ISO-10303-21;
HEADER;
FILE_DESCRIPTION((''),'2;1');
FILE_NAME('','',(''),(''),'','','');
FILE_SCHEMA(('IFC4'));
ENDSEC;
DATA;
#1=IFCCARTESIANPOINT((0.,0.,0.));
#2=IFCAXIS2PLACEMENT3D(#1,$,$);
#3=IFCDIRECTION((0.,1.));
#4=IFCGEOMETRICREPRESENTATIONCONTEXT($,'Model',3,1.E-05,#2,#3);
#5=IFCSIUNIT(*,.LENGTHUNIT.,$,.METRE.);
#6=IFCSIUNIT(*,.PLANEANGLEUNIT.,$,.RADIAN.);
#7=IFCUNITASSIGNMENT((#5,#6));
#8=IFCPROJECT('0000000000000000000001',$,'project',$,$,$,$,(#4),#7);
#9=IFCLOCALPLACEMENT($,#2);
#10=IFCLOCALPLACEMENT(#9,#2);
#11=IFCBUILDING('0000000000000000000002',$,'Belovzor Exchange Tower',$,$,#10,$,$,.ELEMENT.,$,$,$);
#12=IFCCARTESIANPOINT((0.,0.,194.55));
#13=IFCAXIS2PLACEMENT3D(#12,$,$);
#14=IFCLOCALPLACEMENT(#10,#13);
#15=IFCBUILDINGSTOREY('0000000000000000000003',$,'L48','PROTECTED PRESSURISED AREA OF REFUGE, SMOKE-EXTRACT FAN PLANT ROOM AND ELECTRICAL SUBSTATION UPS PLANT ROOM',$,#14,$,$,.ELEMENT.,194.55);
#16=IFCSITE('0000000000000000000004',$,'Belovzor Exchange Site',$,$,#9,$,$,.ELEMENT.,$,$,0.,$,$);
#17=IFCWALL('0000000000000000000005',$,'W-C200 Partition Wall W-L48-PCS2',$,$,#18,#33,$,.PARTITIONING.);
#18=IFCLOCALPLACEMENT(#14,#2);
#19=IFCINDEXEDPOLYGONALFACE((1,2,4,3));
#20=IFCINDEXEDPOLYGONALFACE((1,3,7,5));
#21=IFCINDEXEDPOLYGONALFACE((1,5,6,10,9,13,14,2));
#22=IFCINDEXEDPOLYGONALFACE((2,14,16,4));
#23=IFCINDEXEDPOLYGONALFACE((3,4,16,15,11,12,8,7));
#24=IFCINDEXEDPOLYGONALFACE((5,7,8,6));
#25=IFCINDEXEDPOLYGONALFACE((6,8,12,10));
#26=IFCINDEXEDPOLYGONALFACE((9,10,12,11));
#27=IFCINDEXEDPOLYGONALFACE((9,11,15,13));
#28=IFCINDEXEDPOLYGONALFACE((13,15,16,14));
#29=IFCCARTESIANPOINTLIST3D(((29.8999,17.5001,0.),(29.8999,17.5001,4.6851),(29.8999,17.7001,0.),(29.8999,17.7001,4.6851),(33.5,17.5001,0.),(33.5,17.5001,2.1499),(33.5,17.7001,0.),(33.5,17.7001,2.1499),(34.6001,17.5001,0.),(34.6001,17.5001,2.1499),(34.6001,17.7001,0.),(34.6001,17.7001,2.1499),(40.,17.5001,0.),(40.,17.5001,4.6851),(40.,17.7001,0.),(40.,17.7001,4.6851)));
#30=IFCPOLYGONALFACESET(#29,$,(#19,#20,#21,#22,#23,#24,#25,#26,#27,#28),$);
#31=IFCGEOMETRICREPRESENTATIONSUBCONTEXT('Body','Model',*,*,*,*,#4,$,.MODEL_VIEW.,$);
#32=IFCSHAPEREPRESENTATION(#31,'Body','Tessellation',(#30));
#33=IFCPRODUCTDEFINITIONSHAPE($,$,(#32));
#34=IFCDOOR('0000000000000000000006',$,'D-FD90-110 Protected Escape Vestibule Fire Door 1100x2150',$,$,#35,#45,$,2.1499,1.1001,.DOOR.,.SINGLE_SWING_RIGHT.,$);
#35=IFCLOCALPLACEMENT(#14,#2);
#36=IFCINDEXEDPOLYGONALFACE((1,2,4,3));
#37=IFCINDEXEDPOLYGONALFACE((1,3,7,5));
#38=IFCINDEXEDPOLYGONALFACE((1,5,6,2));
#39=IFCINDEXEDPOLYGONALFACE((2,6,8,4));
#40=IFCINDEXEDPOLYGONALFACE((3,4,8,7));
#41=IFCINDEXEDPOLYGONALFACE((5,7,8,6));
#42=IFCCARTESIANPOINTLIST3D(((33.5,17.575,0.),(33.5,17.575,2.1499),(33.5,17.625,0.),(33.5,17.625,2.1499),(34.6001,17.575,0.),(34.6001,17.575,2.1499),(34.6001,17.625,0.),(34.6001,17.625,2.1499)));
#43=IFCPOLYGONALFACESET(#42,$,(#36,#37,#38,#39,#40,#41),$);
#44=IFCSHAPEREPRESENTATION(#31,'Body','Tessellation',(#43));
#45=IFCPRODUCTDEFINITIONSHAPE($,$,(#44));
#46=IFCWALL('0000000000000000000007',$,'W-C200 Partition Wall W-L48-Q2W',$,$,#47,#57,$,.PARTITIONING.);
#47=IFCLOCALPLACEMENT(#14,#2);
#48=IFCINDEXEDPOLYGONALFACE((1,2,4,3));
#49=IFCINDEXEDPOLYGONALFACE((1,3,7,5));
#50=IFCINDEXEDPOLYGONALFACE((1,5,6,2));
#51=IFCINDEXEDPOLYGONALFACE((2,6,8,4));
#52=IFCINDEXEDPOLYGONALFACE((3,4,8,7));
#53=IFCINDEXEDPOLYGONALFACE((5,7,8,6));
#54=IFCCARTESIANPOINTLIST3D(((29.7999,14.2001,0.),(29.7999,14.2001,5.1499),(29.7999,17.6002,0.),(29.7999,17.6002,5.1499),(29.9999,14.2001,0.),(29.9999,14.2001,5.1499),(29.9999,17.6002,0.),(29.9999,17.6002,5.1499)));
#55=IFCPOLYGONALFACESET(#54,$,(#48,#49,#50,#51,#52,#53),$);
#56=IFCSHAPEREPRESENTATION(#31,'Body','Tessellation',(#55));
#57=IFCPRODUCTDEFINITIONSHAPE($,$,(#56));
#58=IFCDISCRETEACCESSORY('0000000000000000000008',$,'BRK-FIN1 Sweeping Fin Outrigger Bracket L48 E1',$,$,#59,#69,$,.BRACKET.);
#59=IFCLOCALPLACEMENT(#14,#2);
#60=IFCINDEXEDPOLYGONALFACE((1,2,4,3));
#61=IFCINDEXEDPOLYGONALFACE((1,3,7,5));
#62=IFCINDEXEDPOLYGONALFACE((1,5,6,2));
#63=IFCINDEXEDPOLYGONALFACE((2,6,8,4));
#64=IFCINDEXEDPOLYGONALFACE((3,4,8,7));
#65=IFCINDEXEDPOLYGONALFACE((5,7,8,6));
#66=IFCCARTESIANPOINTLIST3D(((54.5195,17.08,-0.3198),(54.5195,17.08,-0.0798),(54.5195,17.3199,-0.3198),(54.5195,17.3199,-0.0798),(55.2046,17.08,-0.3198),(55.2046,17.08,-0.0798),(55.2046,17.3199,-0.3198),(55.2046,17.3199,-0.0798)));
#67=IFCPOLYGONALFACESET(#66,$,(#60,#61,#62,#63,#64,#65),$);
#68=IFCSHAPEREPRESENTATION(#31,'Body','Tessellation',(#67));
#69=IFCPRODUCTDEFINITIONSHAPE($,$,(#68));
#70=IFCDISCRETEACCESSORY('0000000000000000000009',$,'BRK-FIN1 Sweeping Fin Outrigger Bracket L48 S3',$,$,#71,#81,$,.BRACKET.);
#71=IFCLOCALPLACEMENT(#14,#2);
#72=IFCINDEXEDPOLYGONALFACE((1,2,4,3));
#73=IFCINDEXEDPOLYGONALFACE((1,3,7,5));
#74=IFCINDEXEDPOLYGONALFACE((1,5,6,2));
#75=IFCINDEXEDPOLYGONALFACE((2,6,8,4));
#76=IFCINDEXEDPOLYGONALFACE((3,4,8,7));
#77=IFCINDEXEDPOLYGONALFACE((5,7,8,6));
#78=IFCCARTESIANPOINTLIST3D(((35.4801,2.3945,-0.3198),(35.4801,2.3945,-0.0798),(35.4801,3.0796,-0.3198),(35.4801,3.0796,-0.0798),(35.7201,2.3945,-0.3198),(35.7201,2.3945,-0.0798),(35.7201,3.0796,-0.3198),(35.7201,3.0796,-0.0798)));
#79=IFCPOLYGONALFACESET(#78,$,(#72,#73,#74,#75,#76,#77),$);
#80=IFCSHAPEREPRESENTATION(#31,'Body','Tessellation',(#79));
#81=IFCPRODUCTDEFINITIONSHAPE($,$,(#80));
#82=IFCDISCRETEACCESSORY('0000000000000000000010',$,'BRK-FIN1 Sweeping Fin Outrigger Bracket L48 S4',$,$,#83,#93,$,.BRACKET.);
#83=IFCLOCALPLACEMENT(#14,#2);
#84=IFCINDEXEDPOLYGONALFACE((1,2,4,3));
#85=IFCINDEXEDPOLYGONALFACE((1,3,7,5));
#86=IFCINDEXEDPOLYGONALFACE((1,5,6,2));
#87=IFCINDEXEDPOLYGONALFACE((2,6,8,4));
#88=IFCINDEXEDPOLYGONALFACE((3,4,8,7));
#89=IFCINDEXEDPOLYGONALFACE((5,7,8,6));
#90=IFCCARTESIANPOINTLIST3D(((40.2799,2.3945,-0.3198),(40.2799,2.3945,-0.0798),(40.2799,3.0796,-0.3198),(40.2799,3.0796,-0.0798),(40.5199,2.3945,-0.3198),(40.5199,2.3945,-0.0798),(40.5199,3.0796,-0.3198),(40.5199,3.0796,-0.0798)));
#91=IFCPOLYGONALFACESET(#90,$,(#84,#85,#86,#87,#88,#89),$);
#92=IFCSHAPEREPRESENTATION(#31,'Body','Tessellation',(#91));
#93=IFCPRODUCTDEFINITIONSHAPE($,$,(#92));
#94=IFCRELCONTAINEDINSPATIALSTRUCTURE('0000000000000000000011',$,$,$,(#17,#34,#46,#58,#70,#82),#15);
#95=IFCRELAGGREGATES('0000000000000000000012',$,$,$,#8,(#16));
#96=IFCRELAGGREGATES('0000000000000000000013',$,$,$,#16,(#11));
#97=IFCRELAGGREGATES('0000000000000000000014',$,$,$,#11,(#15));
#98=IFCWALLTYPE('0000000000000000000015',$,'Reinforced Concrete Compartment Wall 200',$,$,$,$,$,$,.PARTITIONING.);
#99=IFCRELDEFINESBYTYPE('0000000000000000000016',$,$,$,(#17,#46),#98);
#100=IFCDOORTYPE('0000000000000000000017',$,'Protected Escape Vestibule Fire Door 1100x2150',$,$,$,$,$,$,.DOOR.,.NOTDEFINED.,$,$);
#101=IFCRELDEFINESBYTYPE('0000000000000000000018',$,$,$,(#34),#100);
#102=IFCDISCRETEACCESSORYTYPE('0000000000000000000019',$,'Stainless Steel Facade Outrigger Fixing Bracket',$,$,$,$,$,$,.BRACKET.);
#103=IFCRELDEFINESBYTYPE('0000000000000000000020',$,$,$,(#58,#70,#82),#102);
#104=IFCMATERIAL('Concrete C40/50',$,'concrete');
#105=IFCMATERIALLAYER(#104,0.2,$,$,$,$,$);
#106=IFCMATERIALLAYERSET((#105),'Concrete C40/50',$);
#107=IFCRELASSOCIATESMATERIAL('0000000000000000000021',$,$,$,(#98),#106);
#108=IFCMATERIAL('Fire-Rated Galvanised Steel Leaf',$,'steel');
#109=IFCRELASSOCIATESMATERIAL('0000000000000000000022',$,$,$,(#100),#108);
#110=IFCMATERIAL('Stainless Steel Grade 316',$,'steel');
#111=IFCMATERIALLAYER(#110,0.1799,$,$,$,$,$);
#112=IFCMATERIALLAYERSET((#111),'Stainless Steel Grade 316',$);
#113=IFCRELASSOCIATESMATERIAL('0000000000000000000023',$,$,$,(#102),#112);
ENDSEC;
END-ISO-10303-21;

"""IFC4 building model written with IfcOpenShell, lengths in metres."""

from ifc_helpers import new_model, si_unit, direction, frame, frame_2d, origin, origin_2d, place, context, subcontext, project, spatial, rectangle, extrude, material, layer, layer_set, type_object, element, fill, save


model = new_model("IFC4")

# Units and contexts
model_context = context("Model", 3, precision=1e-05, world=origin(), true_north=direction((0.0, 1.0)))
body_context = subcontext(model_context, "Body", "Model", "MODEL_VIEW")
ifc_project = project(units=[si_unit("LENGTHUNIT", "METRE"), si_unit("PLANEANGLEUNIT", "RADIAN")], contexts=[model_context])

# Site, building, storey
site_placement = place(None, origin())
site = spatial("IfcSite", under=ifc_project, at=site_placement, Name="Belovzor Exchange Site", CompositionType="ELEMENT", RefElevation=0.0)
building_placement = place(site_placement, origin())
building = spatial("IfcBuilding", under=site, at=building_placement, Name="Belovzor Exchange Tower", CompositionType="ELEMENT")
storey_placement = place(building_placement, frame((0.0, 0.0, 194.55)))
storey = spatial("IfcBuildingStorey", under=building, at=storey_placement, Name="L48", Description="PROTECTED PRESSURISED AREA OF REFUGE, SMOKE-EXTRACT FAN PLANT ROOM AND ELECTRICAL SUBSTATION UPS PLANT ROOM", CompositionType="ELEMENT", Elevation=194.55)

# Wall, opening, door
ifc_material_1 = material(Name="Concrete C40/50", Category="concrete")
ifc_layer_1 = layer(ifc_material_1, 0.2)
ifc_layer_set_1 = layer_set([ifc_layer_1], Name="Concrete C40/50")
wall_type_1 = type_object("IfcWallType", Name="Reinforced Concrete Compartment Wall 200", PredefinedType="PARTITIONING", material=ifc_layer_set_1)
wall_1_placement = place(storey_placement, frame((29.8999, 17.6001, 0.0), z_axis=(0.0, 0.0, 1.0), x_axis=(1.0, 0.0, 0.0)))
wall_1 = element("IfcWall", 1, at=wall_1_placement, inside=storey, type_object=wall_type_1, Name="W-C200 Partition Wall W-L48-PCS2", PredefinedType="PARTITIONING", context=body_context, shape_type="SweptSolid", body=[
    extrude(rectangle(XDim=10.1001, YDim=0.2, at=frame_2d((5.05, 0.0))), origin(), (0.0, 0.0, 1.0), 4.6851),
])
opening_placement = place(wall_1_placement, frame((3.6001, 0.0, 0.0)))
opening = element("IfcOpeningElement", 2, at=opening_placement, cuts=wall_1, PredefinedType="OPENING", context=body_context, shape_type="SweptSolid", body=[
    extrude(rectangle(XDim=1.1001, YDim=2.1499, at=frame_2d((0.55, 1.075))), frame((0.0, 0.1099, 0.0), z_axis=(0.0, -1.0, 0.0), x_axis=(1.0, 0.0, 0.0)), (0.0, 0.0, 1.0), 0.22),
])
ifc_material_2 = material(Name="Fire-Rated Galvanised Steel Leaf", Category="steel")
door_type = type_object("IfcDoorType", Name="Protected Escape Vestibule Fire Door 1100x2150", OperationType="NOTDEFINED", PredefinedType="DOOR", material=ifc_material_2)
door_placement = place(opening_placement, origin())
door = element("IfcDoor", 3, at=door_placement, inside=storey, type_object=door_type, Name="D-FD90-110 Protected Escape Vestibule Fire Door 1100x2150", OperationType="SINGLE_SWING_RIGHT", OverallHeight=2.1499, OverallWidth=1.1001, PredefinedType="DOOR", context=body_context, shape_type="SweptSolid", body=[
    extrude(rectangle(XDim=1.1001, YDim=2.1499, at=frame_2d((0.55, 1.075))), frame((0.0, 0.0249, 0.0), z_axis=(0.0, -1.0, 0.0), x_axis=(1.0, 0.0, 0.0)), (0.0, 0.0, 1.0), 0.05),
])
fill(opening, door)

# Wall
wall_2_placement = place(storey_placement, frame((29.8999, 14.2, 0.0), z_axis=(0.0, 0.0, 1.0), x_axis=(0.0, 1.0, 0.0)))
element("IfcWall", 4, at=wall_2_placement, inside=storey, type_object=wall_type_1, Name="W-C200 Partition Wall W-L48-Q2W", PredefinedType="PARTITIONING", context=body_context, shape_type="SweptSolid", body=[
    extrude(rectangle(XDim=3.4001, YDim=0.2, at=frame_2d((1.7002, 0.0))), origin(), (0.0, 0.0, 1.0), 5.1499),
])

# Discrete accessories
ifc_material_3 = material(Name="Stainless Steel Grade 316", Category="steel")
ifc_layer_2 = layer(ifc_material_3, 0.1799)
ifc_layer_set_2 = layer_set([ifc_layer_2], Name="Stainless Steel Grade 316")
discrete_accessory_type = type_object("IfcDiscreteAccessoryType", Name="Stainless Steel Facade Outrigger Fixing Bracket", PredefinedType="BRACKET", material=ifc_layer_set_2)
for number, where, z_axis, x_axis, name in (
    (5, (54.8621, 17.2, -0.3198), (0.0, 0.0, 1.0), (1.0, 0.0, 0.0), "BRK-FIN1 Sweeping Fin Outrigger Bracket L48 E1"),
    (6, (35.6001, 2.7371, -0.3198), (0.0, 0.0, 1.0), (0.0, 1.0, 0.0), "BRK-FIN1 Sweeping Fin Outrigger Bracket L48 S3"),
    (7, (40.3999, 2.7371, -0.3198), (0.0, 0.0, 1.0), (0.0, 1.0, 0.0), "BRK-FIN1 Sweeping Fin Outrigger Bracket L48 S4"),
):
    element("IfcDiscreteAccessory", number, at=place(storey_placement, frame(where, z_axis=z_axis, x_axis=x_axis)), inside=storey, type_object=discrete_accessory_type, Name=name, PredefinedType="BRACKET", context=body_context, shape_type="SweptSolid", body=[
        extrude(rectangle(XDim=0.6851, YDim=0.24, at=origin_2d()), origin(), (0.0, 0.0, 1.0), 0.24),
    ])

save(model, "model.ifc")
